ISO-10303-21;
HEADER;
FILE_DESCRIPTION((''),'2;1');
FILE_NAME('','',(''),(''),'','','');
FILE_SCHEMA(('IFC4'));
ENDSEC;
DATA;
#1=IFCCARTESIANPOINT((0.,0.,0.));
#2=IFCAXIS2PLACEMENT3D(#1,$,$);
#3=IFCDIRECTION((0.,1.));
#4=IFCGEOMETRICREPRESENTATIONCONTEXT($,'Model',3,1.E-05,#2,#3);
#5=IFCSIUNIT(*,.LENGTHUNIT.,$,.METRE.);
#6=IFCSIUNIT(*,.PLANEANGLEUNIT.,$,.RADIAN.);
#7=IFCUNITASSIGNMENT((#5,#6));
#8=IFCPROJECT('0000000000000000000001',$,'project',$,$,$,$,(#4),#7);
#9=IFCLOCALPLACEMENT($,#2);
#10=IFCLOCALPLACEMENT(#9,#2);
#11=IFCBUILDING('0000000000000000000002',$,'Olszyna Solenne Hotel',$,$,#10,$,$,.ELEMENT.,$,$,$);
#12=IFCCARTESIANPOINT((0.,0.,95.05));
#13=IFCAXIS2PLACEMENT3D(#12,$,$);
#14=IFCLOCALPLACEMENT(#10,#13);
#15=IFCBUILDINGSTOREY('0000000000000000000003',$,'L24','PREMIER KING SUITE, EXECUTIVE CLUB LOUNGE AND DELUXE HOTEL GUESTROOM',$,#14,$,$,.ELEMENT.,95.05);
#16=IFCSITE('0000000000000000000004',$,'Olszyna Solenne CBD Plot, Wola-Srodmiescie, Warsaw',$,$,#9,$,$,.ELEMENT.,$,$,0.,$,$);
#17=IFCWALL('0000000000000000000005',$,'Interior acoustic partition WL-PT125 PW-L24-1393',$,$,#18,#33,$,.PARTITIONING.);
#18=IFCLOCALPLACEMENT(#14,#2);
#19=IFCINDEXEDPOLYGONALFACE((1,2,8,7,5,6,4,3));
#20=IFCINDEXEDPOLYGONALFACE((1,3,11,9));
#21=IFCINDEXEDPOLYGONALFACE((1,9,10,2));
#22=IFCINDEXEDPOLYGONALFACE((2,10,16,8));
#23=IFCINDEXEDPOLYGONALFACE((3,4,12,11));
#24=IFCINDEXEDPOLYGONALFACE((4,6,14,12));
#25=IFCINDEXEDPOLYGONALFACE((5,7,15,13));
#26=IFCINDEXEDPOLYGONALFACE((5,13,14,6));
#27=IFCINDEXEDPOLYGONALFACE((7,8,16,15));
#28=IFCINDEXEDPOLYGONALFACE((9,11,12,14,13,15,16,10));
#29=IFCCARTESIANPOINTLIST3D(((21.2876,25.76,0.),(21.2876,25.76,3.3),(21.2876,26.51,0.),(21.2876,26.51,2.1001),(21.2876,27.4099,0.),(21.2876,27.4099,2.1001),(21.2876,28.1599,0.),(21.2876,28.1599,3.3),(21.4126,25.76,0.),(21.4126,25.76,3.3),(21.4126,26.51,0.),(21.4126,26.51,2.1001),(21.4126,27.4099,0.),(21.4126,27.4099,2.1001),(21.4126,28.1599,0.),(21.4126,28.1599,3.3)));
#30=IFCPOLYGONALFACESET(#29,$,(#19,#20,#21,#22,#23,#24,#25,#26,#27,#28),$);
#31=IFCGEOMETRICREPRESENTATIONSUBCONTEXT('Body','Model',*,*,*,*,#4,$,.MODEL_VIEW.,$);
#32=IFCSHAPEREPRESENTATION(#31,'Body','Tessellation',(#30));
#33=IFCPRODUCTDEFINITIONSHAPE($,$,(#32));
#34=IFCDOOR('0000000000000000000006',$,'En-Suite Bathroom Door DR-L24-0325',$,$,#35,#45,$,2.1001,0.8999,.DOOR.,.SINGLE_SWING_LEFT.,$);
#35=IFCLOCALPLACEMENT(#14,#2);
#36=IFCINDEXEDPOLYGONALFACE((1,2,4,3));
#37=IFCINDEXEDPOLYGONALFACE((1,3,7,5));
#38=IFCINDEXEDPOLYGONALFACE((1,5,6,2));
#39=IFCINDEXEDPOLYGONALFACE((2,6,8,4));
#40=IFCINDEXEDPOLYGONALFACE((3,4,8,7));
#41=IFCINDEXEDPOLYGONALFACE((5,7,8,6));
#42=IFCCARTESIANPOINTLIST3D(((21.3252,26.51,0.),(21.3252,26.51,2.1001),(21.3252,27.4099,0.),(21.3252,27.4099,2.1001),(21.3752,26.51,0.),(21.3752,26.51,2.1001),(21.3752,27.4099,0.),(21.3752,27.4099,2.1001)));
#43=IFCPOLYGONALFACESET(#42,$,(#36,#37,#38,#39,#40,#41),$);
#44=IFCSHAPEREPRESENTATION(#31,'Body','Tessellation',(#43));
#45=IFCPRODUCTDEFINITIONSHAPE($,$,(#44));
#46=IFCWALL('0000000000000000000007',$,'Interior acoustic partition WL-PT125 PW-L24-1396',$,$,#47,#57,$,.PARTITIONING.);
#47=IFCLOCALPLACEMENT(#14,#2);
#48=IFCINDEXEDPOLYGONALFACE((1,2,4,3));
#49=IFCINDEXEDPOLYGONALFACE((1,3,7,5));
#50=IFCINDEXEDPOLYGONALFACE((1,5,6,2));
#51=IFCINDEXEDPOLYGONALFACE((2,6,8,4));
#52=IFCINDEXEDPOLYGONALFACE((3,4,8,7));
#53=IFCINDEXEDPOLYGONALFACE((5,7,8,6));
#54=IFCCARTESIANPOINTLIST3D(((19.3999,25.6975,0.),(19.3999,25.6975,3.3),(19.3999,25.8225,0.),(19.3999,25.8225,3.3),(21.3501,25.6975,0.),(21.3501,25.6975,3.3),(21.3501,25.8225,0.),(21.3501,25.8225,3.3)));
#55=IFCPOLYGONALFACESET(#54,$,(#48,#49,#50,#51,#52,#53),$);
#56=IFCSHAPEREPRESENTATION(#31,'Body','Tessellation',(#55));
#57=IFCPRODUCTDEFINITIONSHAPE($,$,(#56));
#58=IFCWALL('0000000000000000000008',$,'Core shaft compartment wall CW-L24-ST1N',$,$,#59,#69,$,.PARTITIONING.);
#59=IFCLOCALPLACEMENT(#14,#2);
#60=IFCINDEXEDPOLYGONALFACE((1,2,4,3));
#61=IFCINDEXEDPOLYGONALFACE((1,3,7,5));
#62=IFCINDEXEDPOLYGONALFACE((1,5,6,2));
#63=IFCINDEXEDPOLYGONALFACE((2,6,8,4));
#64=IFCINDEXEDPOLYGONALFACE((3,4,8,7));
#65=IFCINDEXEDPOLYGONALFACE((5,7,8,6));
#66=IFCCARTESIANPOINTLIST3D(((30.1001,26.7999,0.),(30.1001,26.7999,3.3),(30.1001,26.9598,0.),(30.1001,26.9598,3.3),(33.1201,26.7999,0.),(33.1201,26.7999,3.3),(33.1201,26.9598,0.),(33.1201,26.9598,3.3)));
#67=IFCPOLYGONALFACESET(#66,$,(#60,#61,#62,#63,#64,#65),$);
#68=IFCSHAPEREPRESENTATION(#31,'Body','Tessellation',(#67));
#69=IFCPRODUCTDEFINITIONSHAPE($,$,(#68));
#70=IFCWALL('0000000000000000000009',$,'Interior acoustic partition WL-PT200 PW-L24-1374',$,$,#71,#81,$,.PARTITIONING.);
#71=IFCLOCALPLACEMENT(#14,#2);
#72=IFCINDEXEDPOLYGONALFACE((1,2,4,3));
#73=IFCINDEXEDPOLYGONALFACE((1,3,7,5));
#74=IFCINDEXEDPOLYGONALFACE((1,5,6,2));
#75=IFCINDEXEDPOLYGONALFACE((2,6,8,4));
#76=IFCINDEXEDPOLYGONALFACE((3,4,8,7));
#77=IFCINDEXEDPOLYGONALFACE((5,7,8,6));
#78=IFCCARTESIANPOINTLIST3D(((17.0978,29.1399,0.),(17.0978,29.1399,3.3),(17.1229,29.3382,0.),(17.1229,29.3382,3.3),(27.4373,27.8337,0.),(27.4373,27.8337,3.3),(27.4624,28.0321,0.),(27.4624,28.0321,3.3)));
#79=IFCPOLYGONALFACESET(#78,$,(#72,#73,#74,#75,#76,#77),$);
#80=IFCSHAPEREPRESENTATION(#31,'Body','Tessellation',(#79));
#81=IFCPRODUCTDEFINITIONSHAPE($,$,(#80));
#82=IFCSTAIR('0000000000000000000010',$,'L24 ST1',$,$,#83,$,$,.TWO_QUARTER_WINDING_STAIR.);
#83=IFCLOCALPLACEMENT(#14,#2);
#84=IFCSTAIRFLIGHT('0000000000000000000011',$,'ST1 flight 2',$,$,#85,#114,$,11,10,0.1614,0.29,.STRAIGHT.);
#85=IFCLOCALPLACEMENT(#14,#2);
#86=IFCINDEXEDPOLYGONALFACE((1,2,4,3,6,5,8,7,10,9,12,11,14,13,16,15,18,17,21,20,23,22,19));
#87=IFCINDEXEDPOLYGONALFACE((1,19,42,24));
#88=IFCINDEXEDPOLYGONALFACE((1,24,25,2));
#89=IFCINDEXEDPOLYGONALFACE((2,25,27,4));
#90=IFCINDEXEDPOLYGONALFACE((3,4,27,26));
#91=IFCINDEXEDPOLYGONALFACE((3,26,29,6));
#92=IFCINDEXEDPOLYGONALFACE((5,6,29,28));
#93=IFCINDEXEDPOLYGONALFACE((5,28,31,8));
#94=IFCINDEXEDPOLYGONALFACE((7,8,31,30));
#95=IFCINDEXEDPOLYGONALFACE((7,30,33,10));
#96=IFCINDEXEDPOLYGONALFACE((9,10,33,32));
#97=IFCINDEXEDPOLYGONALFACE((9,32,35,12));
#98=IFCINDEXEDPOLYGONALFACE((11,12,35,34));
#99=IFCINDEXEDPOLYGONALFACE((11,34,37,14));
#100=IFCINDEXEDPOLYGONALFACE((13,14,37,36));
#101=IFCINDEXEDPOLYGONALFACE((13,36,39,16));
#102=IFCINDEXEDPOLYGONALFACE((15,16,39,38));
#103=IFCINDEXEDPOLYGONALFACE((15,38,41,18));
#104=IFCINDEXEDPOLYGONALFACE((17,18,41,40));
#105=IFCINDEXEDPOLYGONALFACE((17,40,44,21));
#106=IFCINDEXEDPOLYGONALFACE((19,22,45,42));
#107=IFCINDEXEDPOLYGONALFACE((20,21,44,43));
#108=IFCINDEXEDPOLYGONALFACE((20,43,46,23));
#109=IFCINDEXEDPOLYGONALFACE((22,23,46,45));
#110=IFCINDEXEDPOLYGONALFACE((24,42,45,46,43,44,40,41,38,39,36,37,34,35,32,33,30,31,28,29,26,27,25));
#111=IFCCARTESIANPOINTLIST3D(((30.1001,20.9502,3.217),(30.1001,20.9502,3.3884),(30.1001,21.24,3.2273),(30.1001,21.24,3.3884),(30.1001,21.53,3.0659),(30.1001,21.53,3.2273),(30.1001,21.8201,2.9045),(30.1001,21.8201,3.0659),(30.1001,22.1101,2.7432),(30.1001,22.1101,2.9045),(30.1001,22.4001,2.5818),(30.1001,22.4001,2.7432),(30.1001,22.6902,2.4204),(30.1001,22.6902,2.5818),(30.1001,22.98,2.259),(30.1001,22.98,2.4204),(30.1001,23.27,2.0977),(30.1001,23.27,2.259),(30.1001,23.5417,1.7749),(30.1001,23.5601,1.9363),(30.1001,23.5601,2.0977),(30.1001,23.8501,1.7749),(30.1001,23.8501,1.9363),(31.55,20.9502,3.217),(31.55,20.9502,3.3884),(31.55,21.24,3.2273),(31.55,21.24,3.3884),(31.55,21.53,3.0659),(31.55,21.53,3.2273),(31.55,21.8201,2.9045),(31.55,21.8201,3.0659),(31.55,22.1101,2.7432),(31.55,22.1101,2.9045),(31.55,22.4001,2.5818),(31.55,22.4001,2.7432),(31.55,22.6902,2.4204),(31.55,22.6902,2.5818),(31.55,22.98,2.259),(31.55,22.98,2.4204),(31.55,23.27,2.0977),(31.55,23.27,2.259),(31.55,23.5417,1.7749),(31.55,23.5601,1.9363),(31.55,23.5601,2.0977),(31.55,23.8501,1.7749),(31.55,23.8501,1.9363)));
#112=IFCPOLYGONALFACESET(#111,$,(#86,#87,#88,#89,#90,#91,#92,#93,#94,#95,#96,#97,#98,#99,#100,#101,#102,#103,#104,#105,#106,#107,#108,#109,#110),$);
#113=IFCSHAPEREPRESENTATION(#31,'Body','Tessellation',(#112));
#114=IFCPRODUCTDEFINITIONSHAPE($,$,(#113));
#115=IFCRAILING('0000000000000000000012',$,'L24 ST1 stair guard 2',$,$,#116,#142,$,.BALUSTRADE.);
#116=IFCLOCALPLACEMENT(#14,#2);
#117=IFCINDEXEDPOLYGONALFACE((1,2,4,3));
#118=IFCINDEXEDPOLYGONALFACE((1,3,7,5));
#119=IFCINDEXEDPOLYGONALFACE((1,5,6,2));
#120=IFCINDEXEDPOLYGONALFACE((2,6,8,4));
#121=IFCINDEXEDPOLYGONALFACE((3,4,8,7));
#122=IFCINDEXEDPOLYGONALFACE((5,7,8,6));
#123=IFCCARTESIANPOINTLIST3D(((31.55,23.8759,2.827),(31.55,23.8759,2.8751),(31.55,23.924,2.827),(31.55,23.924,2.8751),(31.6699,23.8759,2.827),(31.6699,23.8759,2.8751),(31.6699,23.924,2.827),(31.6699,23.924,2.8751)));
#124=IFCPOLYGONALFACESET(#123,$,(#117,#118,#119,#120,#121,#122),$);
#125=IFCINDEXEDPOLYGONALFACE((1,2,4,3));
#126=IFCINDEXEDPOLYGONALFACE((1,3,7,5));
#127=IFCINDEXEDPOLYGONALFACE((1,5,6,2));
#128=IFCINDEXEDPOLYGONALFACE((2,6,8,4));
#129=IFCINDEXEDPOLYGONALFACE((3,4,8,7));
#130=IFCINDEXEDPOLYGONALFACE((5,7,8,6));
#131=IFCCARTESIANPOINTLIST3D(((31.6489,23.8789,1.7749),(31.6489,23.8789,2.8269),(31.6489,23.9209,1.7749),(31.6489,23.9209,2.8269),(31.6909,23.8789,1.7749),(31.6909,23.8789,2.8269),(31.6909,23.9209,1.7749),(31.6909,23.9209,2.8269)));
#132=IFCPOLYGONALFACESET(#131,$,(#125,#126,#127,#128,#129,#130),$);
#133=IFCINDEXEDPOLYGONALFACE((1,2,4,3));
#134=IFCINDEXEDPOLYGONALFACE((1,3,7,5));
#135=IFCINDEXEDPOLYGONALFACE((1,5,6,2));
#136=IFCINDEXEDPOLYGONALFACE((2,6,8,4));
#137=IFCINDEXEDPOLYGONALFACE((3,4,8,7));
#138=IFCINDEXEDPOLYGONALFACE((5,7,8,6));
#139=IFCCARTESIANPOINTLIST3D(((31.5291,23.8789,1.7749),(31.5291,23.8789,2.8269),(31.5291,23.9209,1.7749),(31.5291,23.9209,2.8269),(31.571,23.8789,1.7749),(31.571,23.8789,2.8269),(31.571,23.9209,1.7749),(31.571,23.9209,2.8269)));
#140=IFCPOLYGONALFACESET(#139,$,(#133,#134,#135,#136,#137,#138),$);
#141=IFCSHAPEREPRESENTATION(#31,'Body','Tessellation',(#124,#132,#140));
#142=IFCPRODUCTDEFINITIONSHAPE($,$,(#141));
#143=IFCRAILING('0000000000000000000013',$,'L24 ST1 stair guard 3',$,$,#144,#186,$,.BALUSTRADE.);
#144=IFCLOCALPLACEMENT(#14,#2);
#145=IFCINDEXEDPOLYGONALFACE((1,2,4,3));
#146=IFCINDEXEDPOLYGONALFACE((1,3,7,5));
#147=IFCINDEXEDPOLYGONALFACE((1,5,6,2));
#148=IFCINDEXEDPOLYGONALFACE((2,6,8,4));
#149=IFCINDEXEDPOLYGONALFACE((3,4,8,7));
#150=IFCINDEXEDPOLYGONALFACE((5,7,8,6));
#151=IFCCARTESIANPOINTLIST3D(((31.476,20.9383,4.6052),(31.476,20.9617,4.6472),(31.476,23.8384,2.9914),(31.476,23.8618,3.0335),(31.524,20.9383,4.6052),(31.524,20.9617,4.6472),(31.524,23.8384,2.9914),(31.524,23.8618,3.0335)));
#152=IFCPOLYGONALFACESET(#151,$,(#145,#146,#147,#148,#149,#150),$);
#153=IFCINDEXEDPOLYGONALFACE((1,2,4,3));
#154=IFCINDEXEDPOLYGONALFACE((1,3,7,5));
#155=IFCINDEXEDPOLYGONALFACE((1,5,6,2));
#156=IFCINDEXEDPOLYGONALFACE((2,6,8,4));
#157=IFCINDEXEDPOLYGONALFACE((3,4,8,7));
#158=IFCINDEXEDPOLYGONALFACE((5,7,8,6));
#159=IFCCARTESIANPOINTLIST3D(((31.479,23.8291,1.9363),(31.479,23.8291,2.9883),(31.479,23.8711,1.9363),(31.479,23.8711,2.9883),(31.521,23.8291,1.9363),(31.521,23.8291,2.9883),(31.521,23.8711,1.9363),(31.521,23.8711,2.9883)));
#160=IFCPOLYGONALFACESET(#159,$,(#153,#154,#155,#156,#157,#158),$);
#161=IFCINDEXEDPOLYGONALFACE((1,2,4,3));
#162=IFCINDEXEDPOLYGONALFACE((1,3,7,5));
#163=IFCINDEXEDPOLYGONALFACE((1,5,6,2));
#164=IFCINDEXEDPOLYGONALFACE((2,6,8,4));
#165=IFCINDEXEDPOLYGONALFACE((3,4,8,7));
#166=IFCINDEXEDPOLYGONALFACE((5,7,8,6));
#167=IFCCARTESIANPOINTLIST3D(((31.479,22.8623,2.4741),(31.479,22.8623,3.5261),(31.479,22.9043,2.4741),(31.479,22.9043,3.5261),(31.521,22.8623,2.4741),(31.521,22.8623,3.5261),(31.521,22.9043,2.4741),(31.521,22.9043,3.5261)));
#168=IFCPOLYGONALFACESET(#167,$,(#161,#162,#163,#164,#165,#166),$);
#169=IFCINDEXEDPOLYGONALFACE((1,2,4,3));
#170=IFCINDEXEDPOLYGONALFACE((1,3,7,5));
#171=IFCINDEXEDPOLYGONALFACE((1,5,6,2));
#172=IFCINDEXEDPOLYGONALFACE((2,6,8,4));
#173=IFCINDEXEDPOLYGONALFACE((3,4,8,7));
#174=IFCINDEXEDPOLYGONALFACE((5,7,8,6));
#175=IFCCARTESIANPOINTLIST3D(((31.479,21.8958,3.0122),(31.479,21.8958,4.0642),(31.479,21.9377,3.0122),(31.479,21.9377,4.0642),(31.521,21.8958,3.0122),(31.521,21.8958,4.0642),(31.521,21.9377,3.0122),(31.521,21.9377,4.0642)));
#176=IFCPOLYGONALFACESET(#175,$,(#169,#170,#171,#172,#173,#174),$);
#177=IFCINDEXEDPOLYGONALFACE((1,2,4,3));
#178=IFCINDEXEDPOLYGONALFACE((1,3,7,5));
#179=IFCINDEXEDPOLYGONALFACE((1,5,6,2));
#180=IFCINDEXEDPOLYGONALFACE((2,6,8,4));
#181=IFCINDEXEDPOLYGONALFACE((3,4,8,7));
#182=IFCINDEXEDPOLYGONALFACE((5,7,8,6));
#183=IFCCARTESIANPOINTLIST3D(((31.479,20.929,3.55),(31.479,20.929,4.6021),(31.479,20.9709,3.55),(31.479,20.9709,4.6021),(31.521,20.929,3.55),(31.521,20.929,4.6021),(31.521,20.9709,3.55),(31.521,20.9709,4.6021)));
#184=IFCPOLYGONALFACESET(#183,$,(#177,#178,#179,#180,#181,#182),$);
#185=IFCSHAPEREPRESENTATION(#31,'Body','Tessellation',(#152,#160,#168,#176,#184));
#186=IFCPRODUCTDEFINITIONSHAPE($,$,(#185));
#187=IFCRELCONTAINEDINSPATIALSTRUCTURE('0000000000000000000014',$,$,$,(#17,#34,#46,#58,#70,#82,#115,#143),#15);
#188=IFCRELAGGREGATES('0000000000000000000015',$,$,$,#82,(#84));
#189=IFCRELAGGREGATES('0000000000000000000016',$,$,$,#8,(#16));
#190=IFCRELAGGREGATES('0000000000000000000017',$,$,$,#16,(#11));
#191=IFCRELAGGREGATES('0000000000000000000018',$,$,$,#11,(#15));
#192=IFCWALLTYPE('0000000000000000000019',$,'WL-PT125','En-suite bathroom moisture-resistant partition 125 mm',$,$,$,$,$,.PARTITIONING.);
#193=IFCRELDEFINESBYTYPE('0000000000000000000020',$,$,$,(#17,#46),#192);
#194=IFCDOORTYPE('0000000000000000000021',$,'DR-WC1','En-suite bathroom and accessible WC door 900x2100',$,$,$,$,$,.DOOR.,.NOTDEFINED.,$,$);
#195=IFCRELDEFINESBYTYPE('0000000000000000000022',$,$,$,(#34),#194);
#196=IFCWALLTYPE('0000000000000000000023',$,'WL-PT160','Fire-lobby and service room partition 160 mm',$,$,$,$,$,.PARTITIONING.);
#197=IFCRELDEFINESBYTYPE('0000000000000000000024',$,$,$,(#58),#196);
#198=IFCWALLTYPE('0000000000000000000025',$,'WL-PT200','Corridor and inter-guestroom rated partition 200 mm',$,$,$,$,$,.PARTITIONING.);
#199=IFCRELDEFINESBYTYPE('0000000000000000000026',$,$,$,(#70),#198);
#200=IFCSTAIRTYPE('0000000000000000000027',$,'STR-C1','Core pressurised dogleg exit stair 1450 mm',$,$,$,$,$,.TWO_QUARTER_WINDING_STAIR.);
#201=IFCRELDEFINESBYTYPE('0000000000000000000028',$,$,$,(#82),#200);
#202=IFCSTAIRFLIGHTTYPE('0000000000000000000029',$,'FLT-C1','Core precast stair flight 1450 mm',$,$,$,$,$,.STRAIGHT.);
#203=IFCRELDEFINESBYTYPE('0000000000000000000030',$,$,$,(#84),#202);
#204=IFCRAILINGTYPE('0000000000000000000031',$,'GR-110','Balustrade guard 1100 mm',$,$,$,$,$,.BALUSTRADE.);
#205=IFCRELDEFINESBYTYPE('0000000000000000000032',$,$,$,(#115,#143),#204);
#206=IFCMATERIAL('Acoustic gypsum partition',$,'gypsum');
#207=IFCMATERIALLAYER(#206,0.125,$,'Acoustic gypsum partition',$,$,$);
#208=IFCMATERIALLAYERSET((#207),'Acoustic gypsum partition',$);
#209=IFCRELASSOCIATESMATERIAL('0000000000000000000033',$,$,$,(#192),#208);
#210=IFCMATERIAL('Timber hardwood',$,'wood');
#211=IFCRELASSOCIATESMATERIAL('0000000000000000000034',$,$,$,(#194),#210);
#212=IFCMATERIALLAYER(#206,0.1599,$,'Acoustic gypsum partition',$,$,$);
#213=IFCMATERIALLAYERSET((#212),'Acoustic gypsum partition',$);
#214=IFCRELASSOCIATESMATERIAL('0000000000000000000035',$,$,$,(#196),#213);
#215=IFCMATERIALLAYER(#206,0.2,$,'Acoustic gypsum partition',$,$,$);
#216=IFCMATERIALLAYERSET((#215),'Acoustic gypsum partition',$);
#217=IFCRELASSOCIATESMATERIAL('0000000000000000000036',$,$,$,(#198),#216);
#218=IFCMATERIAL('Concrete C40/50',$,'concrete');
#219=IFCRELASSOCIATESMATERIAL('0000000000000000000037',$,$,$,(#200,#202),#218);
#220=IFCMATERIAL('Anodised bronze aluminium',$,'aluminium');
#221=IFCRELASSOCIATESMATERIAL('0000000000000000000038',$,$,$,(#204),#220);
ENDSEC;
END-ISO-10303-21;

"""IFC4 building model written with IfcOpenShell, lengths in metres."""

from ifc_helpers import new_model, si_unit, direction, frame, frame_2d, origin, origin_2d, place, context, subcontext, project, spatial, polyline, rectangle, outline, extrude, source, transform, mapped, material, layer, layer_set, type_object, type_shapes, element, fill, aggregate, save


model = new_model("IFC4")

# Units and contexts
model_context = context("Model", 3, precision=1e-05, world=origin(), true_north=direction((0.0, 1.0)))
body_context = subcontext(model_context, "Body", "Model", "MODEL_VIEW")
ifc_project = project(units=[si_unit("LENGTHUNIT", "METRE"), si_unit("PLANEANGLEUNIT", "RADIAN")], contexts=[model_context])

# Site, building, storey
site_placement = place(None, origin())
site = spatial("IfcSite", under=ifc_project, at=site_placement, Name="Olszyna Solenne CBD Plot, Wola-Srodmiescie, Warsaw", CompositionType="ELEMENT", RefElevation=0.0)
building_placement = place(site_placement, origin())
building = spatial("IfcBuilding", under=site, at=building_placement, Name="Olszyna Solenne Hotel", CompositionType="ELEMENT")
storey_placement = place(building_placement, frame((0.0, 0.0, 95.05)))
storey = spatial("IfcBuildingStorey", under=building, at=storey_placement, Name="L24", Description="PREMIER KING SUITE, EXECUTIVE CLUB LOUNGE AND DELUXE HOTEL GUESTROOM", CompositionType="ELEMENT", Elevation=95.05)

# Shared definitions
ifc_material_1 = material(Name="Anodised bronze aluminium", Category="aluminium")

# Wall, opening, door
ifc_material_2 = material(Name="Acoustic gypsum partition", Category="gypsum")
ifc_layer_1 = layer(ifc_material_2, 0.125, Name="Acoustic gypsum partition")
ifc_layer_set_1 = layer_set([ifc_layer_1], Name="Acoustic gypsum partition")
wall_type_1 = type_object("IfcWallType", Name="WL-PT125", Description="En-suite bathroom moisture-resistant partition 125 mm", PredefinedType="PARTITIONING", material=ifc_layer_set_1)
wall_1_placement = place(storey_placement, frame((21.3501, 25.76, 0.0), z_axis=(0.0, 0.0, 1.0), x_axis=(0.0, 1.0, 0.0)))
wall_1 = element("IfcWall", 1, at=wall_1_placement, inside=storey, type_object=wall_type_1, Name="Interior acoustic partition WL-PT125 PW-L24-1393", PredefinedType="PARTITIONING", context=body_context, shape_type="SweptSolid", body=[
    extrude(rectangle(XDim=2.3999, YDim=0.125, at=frame_2d((1.2, 0.0))), origin(), (0.0, 0.0, 1.0), 3.3),
])
opening_1_placement = place(wall_1_placement, frame((0.75, 0.0, 0.0)))
opening_1 = element("IfcOpeningElement", 2, at=opening_1_placement, cuts=wall_1, PredefinedType="OPENING", context=body_context, shape_type="SweptSolid", body=[
    extrude(rectangle(XDim=0.8999, YDim=2.1001, at=frame_2d((0.45, 1.05))), frame((0.0, 0.0725, 0.0), z_axis=(0.0, -1.0, 0.0), x_axis=(1.0, 0.0, 0.0)), (0.0, 0.0, 1.0), 0.145),
])
ifc_material_3 = material(Name="Timber hardwood", Category="wood")
door_type_1 = type_object("IfcDoorType", Name="DR-WC1", Description="En-suite bathroom and accessible WC door 900x2100", OperationType="NOTDEFINED", PredefinedType="DOOR", material=ifc_material_3)
shared_shape_1 = source(origin(), body_context, "Body", "SweptSolid", [
    extrude(rectangle(XDim=0.8999, YDim=2.1001, at=frame_2d((0.45, 1.05))), frame((0.0, 0.0249, 0.0), z_axis=(0.0, -1.0, 0.0), x_axis=(1.0, 0.0, 0.0)), (0.0, 0.0, 1.0), 0.05),
])
type_shapes(door_type_1, [shared_shape_1])
door_1_placement = place(opening_1_placement, origin())
door_1 = element("IfcDoor", 3, at=door_1_placement, inside=storey, type_object=door_type_1, Name="En-Suite Bathroom Door DR-L24-0325", OperationType="SINGLE_SWING_LEFT", OverallHeight=2.1001, OverallWidth=0.8999, PredefinedType="DOOR", context=body_context, shape_type="MappedRepresentation", body=[
    mapped(shared_shape_1, transform((0.0, 0.0, 0.0), x_axis=(1.0, 0.0, 0.0), y_axis=(0.0, 1.0, 0.0), z_axis=(0.0, 0.0, 1.0), scale=1.0)),
])
fill(opening_1, door_1)

# Walls
wall_2_placement = place(storey_placement, frame((19.3999, 25.76, 0.0), z_axis=(0.0, 0.0, 1.0), x_axis=(1.0, 0.0, 0.0)))
element("IfcWall", 4, at=wall_2_placement, inside=storey, type_object=wall_type_1, Name="Interior acoustic partition WL-PT125 PW-L24-1396", PredefinedType="PARTITIONING", context=body_context, shape_type="SweptSolid", body=[
    extrude(rectangle(XDim=1.9502, YDim=0.125, at=frame_2d((0.9751, 0.0))), origin(), (0.0, 0.0, 1.0), 3.3),
])
ifc_layer_2 = layer(ifc_material_2, 0.1599, Name="Acoustic gypsum partition")
ifc_layer_set_2 = layer_set([ifc_layer_2], Name="Acoustic gypsum partition")
wall_type_2 = type_object("IfcWallType", Name="WL-PT160", Description="Fire-lobby and service room partition 160 mm", PredefinedType="PARTITIONING", material=ifc_layer_set_2)
wall_3_placement = place(storey_placement, frame((30.1001, 26.8799, 0.0), z_axis=(0.0, 0.0, 1.0), x_axis=(1.0, 0.0, 0.0)))
element("IfcWall", 5, at=wall_3_placement, inside=storey, type_object=wall_type_2, Name="Core shaft compartment wall CW-L24-ST1N", PredefinedType="PARTITIONING", context=body_context, shape_type="SweptSolid", body=[
    extrude(rectangle(XDim=3.02, YDim=0.1599, at=frame_2d((1.51, 0.0))), origin(), (0.0, 0.0, 1.0), 3.3),
])
ifc_layer_3 = layer(ifc_material_2, 0.2, Name="Acoustic gypsum partition")
ifc_layer_set_3 = layer_set([ifc_layer_3], Name="Acoustic gypsum partition")
wall_type_3 = type_object("IfcWallType", Name="WL-PT200", Description="Corridor and inter-guestroom rated partition 200 mm", PredefinedType="PARTITIONING", material=ifc_layer_set_3)
wall_4_placement = place(storey_placement, frame((27.45, 27.9329, 0.0), z_axis=(0.0, 0.0, 1.0), x_axis=(-0.992115, 0.125332, 0.0)))
element("IfcWall", 6, at=wall_4_placement, inside=storey, type_object=wall_type_3, Name="Interior acoustic partition WL-PT200 PW-L24-1374", PredefinedType="PARTITIONING", context=body_context, shape_type="SweptSolid", body=[
    extrude(rectangle(XDim=10.4216, YDim=0.2, at=frame_2d((5.2109, 0.0))), origin(), (0.0, 0.0, 1.0), 3.3),
])

# Stair, stair flight
ifc_material_4 = material(Name="Concrete C40/50", Category="concrete")
stair_type = type_object("IfcStairType", Name="STR-C1", Description="Core pressurised dogleg exit stair 1450 mm", PredefinedType="TWO_QUARTER_WINDING_STAIR", material=ifc_material_4)
stair_placement = place(storey_placement, origin())
stair = element("IfcStair", 7, at=stair_placement, inside=storey, type_object=stair_type, Name="L24 ST1", PredefinedType="TWO_QUARTER_WINDING_STAIR")
stair_flight_type = type_object("IfcStairFlightType", Name="FLT-C1", Description="Core precast stair flight 1450 mm", PredefinedType="STRAIGHT", material=ifc_material_4)
stair_flight_placement = place(storey_placement, frame((30.825, 23.8501, 1.7749), z_axis=(0.0, 0.0, 1.0), x_axis=(0.0, -1.0, 0.0)))
stair_flight = element("IfcStairFlight", 8, at=stair_flight_placement, type_object=stair_flight_type, Name="ST1 flight 2", NumberOfRisers=11, NumberOfTreads=10, PredefinedType="STRAIGHT", RiserHeight=0.1614, TreadLength=0.29, context=body_context, shape_type="SweptSolid", body=[
    extrude(outline(polyline([(0.0, 0.0), (0.0, 0.1614), (0.29, 0.1614), (0.29, 0.3228), (0.5801, 0.3228), (0.5801, 0.4841), (0.8701, 0.4841), (0.8701, 0.6455), (1.1599, 0.6455), (1.1599, 0.8069), (1.45, 0.8069), (1.45, 0.9683), (1.74, 0.9683), (1.74, 1.1296), (2.03, 1.1296), (2.03, 1.291), (2.3201, 1.291), (2.3201, 1.4524), (2.6101, 1.4524), (2.6101, 1.6135), (2.8999, 1.6135), (2.8999, 1.7749), (2.8999, 1.4421), (0.3083, 0.0), (0.0, 0.0)])), frame((0.0, 0.7251, 0.0), z_axis=(0.0, -1.0, 0.0), x_axis=(1.0, 0.0, 0.0)), (0.0, 0.0, 1.0), 1.45),
])
aggregate(stair, [stair_flight])

# Railings
railing_type_1 = type_object("IfcRailingType", Name="GR-110", Description="Balustrade guard 1100 mm", PredefinedType="BALUSTRADE", material=ifc_material_1)
railing_1_placement = place(storey_placement, frame((31.6699, 23.8999, 1.7749)))
element("IfcRailing", 9, at=railing_1_placement, inside=storey, type_object=railing_type_1, Name="L24 ST1 stair guard 2", PredefinedType="BALUSTRADE", context=body_context, shape_type="SweptSolid", body=[
    extrude(rectangle(XDim=0.0481, YDim=0.0481, at=origin_2d()), frame((0.0, 0.0, 1.0762), z_axis=(-1.0, 0.0, 0.0), x_axis=(0.0, -1.0, 0.0)), (0.0, 0.0, 1.0), 0.1199),
    extrude(rectangle(XDim=0.042, YDim=0.042, at=origin_2d()), origin(), (0.0, 0.0, 1.0), 1.052),
    extrude(rectangle(XDim=0.042, YDim=0.042, at=origin_2d()), frame((-0.1199, 0.0, 0.0)), (0.0, 0.0, 1.0), 1.052),
])
railing_2_placement = place(storey_placement, frame((31.5, 23.8501, 1.9363)))
element("IfcRailing", 10, at=railing_2_placement, inside=storey, type_object=railing_type_1, Name="L24 ST1 stair guard 3", PredefinedType="BALUSTRADE", context=body_context, shape_type="SweptSolid", body=[
    extrude(rectangle(XDim=0.0481, YDim=0.0481, at=origin_2d()), frame((0.0, 0.0, 1.0762), z_axis=(0.0, -0.873827, 0.486236), x_axis=(1.0, 0.0, 0.0)), (0.0, 0.0, 1.0), 3.3188),
    extrude(rectangle(XDim=0.042, YDim=0.042, at=origin_2d()), origin(), (0.0, 0.0, 1.0), 1.052),
    extrude(rectangle(XDim=0.042, YDim=0.042, at=origin_2d()), frame((0.0, -0.9668, 0.5378)), (0.0, 0.0, 1.0), 1.052),
    extrude(rectangle(XDim=0.042, YDim=0.042, at=origin_2d()), frame((0.0, -1.9333, 1.0759)), (0.0, 0.0, 1.0), 1.052),
    extrude(rectangle(XDim=0.042, YDim=0.042, at=origin_2d()), frame((0.0, -2.9001, 1.6138)), (0.0, 0.0, 1.0), 1.052),
])

save(model, "model.ifc")
